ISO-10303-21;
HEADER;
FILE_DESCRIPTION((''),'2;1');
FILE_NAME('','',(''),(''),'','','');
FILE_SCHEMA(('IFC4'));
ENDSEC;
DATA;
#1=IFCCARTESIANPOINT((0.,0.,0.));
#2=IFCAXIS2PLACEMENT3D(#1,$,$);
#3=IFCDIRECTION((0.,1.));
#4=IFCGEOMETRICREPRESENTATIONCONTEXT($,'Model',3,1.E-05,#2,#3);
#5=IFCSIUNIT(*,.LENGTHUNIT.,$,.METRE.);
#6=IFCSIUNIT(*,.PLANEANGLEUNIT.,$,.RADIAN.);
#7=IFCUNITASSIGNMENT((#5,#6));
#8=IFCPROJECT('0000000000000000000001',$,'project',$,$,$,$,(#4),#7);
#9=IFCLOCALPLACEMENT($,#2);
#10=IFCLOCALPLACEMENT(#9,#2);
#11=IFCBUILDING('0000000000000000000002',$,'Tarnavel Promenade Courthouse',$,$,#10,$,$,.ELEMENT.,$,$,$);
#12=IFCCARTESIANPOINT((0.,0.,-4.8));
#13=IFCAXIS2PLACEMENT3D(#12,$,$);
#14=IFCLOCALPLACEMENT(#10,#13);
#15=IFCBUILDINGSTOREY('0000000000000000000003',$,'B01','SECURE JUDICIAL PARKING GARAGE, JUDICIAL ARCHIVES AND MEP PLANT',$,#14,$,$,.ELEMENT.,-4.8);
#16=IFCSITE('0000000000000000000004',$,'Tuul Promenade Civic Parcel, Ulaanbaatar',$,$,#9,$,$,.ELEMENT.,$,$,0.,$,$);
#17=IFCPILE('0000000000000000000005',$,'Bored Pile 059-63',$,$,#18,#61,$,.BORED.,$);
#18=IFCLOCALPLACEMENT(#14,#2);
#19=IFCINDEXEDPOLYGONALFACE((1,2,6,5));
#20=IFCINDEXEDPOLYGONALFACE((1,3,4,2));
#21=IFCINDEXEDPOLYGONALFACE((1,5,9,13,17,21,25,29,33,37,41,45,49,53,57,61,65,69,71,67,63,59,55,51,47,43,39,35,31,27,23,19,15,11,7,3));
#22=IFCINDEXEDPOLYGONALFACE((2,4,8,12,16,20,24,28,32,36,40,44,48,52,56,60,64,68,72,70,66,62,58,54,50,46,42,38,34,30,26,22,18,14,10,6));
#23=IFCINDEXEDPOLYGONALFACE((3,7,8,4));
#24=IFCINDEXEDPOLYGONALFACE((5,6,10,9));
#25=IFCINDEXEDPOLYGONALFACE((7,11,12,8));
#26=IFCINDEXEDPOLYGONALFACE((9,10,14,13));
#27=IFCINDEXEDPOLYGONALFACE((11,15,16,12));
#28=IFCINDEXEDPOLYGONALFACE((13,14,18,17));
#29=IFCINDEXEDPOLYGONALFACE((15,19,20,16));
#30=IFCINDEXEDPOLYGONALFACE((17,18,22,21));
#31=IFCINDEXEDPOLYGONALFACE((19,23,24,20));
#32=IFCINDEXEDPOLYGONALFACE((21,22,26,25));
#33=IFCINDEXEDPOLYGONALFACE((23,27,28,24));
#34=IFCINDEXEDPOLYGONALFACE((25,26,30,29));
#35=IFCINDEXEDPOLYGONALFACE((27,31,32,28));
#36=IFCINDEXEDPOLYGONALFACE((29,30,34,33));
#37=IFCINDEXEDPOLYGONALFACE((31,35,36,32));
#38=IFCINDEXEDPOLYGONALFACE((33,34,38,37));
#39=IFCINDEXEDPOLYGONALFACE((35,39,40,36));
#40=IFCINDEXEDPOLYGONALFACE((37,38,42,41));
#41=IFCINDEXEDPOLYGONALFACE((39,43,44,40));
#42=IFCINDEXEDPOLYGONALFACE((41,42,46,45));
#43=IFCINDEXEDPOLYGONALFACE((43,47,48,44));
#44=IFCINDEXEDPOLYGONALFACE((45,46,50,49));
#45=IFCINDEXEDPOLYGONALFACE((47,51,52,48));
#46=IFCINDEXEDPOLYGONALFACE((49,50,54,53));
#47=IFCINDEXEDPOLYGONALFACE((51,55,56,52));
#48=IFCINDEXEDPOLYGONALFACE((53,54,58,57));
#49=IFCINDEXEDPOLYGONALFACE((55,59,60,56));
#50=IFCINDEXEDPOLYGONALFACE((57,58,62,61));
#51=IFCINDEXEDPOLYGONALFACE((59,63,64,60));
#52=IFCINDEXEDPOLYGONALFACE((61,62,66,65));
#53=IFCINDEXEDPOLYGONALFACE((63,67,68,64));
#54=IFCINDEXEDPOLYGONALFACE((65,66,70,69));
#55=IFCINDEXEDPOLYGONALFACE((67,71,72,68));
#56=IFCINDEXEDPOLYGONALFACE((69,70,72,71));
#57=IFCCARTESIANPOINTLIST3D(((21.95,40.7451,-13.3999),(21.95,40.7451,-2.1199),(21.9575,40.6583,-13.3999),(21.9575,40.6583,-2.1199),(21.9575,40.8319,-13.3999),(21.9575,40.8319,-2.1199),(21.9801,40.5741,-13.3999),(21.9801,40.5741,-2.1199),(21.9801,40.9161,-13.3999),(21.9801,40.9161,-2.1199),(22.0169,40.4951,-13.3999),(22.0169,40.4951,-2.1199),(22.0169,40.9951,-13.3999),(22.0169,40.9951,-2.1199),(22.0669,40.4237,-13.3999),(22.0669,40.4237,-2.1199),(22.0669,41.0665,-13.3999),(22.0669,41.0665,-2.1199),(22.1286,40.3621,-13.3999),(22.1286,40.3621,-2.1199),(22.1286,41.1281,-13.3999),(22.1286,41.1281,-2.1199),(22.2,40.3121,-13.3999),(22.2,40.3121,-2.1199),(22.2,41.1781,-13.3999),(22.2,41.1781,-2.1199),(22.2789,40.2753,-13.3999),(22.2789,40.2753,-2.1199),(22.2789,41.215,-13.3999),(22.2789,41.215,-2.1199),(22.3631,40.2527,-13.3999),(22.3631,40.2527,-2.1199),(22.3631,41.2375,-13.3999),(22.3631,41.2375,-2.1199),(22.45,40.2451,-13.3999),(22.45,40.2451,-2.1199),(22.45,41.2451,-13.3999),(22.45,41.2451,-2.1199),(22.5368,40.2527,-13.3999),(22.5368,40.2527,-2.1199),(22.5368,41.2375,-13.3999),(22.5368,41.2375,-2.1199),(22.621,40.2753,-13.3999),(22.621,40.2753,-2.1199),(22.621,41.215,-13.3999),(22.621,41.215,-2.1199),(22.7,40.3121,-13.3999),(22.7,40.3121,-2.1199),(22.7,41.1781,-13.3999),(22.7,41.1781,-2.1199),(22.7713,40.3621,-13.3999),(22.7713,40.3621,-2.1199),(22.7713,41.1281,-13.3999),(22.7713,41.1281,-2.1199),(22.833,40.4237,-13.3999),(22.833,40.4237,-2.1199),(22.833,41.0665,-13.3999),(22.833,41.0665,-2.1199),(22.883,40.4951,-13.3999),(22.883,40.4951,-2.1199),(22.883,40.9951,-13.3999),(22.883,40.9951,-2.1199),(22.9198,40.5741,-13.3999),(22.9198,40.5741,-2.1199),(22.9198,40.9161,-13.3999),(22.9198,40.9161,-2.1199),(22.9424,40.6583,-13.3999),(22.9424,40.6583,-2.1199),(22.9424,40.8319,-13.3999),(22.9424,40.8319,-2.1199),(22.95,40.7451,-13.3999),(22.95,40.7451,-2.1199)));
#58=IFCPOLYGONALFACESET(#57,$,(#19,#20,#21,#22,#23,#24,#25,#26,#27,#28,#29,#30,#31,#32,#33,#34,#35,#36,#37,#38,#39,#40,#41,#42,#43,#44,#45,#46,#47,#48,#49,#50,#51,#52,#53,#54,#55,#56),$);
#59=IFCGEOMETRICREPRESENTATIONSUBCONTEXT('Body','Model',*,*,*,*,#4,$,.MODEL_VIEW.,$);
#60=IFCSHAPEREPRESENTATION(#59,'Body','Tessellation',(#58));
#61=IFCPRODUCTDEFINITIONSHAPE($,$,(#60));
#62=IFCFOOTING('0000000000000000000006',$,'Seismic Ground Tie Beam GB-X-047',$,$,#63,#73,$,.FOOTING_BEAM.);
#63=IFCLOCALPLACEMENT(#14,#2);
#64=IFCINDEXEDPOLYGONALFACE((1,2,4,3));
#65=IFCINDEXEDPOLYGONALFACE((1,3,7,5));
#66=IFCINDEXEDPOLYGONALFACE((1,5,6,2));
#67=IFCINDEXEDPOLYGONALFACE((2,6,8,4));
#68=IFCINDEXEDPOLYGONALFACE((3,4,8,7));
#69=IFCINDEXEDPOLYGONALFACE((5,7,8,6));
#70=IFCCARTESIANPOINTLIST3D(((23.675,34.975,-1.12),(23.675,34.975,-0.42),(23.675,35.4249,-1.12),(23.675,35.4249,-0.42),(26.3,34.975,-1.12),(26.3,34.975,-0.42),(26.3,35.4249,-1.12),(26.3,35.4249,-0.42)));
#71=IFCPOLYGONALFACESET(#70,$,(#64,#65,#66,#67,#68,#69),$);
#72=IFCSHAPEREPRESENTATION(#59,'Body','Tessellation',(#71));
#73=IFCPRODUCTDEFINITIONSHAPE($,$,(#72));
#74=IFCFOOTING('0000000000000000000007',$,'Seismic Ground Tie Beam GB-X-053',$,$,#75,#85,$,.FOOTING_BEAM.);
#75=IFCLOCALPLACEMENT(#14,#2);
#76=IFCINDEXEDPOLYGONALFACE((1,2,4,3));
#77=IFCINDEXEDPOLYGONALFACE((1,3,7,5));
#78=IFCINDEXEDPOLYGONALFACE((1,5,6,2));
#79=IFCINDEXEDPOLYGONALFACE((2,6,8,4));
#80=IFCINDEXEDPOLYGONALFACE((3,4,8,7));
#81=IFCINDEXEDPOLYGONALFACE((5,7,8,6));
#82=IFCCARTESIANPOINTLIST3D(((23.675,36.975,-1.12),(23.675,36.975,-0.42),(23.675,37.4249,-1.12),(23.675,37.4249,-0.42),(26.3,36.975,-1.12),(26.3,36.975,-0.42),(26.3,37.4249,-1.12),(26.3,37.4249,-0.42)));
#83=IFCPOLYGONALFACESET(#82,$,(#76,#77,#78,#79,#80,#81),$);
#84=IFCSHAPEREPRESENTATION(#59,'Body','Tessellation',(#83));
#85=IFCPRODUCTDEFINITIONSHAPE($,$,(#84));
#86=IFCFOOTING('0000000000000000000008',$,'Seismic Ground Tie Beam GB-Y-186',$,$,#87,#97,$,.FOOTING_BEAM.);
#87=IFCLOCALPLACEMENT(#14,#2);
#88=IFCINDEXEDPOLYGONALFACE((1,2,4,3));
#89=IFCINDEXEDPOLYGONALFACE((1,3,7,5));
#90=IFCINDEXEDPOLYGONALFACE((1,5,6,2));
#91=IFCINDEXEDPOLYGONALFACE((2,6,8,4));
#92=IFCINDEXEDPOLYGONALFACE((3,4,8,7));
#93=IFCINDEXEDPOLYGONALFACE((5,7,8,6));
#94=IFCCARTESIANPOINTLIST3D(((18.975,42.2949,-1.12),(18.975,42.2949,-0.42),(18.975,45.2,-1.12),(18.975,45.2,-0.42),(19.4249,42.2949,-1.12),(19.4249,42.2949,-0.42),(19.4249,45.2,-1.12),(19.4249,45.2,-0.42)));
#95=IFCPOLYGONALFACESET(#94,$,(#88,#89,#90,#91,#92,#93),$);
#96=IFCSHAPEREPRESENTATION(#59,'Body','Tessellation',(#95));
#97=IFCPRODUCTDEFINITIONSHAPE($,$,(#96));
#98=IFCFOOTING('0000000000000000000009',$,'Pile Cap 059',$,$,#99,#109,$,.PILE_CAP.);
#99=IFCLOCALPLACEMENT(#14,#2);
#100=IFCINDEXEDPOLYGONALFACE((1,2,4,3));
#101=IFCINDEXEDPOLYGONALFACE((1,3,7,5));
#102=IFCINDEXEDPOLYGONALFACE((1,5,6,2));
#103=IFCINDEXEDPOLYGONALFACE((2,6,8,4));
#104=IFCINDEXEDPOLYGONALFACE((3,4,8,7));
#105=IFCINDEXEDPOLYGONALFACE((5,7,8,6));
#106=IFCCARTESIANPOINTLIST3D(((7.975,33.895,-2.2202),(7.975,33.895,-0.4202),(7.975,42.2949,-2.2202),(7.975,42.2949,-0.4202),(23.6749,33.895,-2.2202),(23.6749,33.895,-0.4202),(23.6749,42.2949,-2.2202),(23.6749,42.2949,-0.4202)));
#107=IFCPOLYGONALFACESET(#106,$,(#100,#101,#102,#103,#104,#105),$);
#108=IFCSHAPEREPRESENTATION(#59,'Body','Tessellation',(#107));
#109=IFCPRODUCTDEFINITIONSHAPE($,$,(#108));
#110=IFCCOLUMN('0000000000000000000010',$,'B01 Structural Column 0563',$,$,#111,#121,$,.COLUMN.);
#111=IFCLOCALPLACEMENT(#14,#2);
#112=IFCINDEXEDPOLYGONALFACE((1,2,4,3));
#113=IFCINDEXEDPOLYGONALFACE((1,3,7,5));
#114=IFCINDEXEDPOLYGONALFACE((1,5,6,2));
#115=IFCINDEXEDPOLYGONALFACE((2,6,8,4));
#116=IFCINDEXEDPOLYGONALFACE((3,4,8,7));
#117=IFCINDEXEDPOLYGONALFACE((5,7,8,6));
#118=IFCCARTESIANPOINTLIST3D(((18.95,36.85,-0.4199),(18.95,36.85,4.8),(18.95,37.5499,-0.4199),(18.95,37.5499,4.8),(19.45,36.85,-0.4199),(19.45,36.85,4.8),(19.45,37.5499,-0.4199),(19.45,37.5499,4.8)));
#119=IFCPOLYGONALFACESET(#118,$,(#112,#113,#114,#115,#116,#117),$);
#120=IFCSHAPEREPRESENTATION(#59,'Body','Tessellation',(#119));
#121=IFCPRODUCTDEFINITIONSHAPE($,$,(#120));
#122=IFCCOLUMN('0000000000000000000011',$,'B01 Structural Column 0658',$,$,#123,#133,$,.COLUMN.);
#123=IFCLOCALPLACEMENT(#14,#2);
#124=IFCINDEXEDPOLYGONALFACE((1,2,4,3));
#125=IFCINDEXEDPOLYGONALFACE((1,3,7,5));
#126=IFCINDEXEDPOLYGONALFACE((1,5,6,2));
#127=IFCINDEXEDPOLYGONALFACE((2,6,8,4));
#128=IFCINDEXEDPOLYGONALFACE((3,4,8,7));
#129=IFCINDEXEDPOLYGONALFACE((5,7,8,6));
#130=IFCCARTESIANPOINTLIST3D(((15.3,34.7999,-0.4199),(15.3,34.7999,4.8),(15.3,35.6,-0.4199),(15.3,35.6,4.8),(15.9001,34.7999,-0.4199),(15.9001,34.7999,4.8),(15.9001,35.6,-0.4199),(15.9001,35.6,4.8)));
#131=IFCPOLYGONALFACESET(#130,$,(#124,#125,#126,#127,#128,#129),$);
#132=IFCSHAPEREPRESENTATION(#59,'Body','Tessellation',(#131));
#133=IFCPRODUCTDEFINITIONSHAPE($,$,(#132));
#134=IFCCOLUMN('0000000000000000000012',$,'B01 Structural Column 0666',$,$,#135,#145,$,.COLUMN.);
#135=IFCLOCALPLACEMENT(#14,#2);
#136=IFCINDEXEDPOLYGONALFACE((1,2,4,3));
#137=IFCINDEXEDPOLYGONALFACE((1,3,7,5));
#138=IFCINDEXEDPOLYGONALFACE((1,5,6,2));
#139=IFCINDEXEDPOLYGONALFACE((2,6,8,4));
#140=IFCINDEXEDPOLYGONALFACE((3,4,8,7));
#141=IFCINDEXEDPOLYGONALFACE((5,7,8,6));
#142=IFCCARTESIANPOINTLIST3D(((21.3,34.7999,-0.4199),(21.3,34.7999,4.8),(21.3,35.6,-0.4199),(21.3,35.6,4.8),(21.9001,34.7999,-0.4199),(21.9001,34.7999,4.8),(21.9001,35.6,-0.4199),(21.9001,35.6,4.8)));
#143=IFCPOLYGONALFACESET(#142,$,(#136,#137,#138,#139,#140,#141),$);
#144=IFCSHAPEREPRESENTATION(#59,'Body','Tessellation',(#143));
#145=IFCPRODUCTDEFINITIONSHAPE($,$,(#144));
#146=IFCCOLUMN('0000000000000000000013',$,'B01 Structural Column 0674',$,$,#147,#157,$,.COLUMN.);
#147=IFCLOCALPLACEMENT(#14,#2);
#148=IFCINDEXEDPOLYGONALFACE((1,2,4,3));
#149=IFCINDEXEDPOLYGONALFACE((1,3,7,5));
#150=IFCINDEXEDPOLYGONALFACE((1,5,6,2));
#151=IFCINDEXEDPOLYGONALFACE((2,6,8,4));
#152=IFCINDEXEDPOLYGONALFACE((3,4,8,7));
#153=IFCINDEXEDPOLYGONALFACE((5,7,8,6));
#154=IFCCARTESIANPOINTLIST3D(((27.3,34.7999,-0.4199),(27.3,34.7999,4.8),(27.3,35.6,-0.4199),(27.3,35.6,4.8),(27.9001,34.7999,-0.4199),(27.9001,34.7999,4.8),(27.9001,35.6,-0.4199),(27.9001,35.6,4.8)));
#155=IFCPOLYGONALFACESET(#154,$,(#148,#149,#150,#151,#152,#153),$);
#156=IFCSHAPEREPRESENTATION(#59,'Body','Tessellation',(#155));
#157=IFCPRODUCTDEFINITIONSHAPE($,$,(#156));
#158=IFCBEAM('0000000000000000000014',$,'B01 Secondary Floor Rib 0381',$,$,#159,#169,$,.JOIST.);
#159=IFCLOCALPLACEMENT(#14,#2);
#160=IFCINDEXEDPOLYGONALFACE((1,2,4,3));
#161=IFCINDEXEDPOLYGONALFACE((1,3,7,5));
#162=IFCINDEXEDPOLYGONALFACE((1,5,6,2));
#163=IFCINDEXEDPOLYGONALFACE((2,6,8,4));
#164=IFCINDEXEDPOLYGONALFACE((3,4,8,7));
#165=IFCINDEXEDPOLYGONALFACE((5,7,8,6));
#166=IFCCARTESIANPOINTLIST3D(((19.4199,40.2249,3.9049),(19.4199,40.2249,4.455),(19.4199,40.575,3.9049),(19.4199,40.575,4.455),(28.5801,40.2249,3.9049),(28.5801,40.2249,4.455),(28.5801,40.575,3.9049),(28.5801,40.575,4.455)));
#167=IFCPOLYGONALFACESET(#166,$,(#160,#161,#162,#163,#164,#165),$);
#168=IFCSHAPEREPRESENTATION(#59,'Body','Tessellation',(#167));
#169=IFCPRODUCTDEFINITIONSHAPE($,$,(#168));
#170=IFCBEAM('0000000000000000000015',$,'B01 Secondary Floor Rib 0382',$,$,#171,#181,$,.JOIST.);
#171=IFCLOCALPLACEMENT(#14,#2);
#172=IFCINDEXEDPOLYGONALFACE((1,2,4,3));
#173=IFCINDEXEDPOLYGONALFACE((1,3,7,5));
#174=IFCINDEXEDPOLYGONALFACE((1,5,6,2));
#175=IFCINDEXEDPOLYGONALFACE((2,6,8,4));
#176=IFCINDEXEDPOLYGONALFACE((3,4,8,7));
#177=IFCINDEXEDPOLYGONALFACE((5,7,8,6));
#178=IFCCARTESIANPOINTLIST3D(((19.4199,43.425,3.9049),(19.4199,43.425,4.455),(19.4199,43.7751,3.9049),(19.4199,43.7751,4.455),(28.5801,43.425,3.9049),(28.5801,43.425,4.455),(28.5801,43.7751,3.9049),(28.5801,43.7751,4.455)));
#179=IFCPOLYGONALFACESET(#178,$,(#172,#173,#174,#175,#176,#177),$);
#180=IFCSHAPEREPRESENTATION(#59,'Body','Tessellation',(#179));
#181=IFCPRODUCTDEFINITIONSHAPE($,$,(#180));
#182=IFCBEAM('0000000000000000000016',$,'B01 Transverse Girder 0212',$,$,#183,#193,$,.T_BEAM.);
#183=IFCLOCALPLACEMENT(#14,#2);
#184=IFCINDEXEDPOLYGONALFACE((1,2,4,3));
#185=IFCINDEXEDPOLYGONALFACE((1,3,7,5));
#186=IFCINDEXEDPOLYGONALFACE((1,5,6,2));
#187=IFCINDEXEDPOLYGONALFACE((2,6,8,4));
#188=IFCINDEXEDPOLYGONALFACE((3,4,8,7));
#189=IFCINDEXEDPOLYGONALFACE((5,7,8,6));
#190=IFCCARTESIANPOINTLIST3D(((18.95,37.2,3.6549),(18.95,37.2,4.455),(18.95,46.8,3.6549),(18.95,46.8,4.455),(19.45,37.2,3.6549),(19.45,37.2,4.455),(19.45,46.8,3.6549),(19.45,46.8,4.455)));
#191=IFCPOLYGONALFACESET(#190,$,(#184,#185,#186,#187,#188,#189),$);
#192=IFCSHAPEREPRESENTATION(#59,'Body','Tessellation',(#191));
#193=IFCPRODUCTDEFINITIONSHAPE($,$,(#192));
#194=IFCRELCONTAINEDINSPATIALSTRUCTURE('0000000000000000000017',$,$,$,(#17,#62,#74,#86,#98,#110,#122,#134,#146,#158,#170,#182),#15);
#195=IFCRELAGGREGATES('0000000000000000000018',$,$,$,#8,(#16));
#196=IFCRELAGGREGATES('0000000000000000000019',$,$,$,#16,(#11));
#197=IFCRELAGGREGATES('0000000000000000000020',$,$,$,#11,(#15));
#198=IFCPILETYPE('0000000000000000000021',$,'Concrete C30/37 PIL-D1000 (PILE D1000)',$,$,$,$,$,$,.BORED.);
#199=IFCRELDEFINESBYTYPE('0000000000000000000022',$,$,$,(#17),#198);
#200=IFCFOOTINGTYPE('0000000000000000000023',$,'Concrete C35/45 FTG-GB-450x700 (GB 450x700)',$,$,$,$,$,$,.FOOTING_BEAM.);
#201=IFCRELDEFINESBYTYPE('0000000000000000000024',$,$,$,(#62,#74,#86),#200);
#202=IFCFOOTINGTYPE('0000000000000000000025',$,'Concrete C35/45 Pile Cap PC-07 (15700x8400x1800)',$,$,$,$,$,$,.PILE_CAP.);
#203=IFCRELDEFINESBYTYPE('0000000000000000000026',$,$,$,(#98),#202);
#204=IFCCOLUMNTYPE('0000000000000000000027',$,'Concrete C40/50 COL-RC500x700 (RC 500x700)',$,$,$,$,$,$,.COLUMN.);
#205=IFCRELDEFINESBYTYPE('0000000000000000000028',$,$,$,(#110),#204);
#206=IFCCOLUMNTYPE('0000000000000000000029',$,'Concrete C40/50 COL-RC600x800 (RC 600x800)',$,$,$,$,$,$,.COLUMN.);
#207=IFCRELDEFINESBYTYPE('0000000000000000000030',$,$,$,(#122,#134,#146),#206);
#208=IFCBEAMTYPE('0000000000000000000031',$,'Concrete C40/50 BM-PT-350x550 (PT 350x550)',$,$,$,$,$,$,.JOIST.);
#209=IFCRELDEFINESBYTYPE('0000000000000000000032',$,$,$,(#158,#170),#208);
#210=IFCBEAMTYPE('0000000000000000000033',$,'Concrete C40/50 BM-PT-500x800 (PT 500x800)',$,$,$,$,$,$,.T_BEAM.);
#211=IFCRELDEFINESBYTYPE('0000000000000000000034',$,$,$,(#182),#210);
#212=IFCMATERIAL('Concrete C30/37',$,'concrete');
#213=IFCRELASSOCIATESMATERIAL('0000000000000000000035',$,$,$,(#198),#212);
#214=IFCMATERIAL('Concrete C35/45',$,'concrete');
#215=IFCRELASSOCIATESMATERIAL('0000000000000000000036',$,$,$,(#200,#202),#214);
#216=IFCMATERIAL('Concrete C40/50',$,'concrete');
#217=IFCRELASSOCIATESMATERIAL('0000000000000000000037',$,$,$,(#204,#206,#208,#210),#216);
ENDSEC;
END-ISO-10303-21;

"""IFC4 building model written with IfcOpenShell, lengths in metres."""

from ifc_helpers import new_model, si_unit, direction, frame, origin, origin_2d, place, context, subcontext, project, spatial, rectangle, circle, extrude, material, material_profile, profile_set, type_object, element, save


model = new_model("IFC4")

# Units and contexts
model_context = context("Model", 3, precision=1e-05, world=origin(), true_north=direction((0.0, 1.0)))
body_context = subcontext(model_context, "Body", "Model", "MODEL_VIEW")
ifc_project = project(units=[si_unit("LENGTHUNIT", "METRE"), si_unit("PLANEANGLEUNIT", "RADIAN")], contexts=[model_context])

# Site, building, storey
site_placement = place(None, origin())
site = spatial("IfcSite", under=ifc_project, at=site_placement, Name="Tuul Promenade Civic Parcel, Ulaanbaatar", CompositionType="ELEMENT", RefElevation=0.0)
building_placement = place(site_placement, origin())
building = spatial("IfcBuilding", under=site, at=building_placement, Name="Tarnavel Promenade Courthouse", CompositionType="ELEMENT")
storey_placement = place(building_placement, frame((0.0, 0.0, -4.8)))
storey = spatial("IfcBuildingStorey", under=building, at=storey_placement, Name="B01", Description="SECURE JUDICIAL PARKING GARAGE, JUDICIAL ARCHIVES AND MEP PLANT", CompositionType="ELEMENT", Elevation=-4.8)

# Pile
ifc_material_1 = material(Name="Concrete C30/37", Category="concrete")
ifc_material_profile_1 = material_profile(ifc_material_1, circle(Radius=0.5, at=origin_2d()), Name="PILE D1000")
ifc_profile_set_1 = profile_set([ifc_material_profile_1], Name="Concrete C30/37")
pile_type = type_object("IfcPileType", Name="Concrete C30/37 PIL-D1000 (PILE D1000)", PredefinedType="BORED", material=ifc_profile_set_1)
for number, where, z_axis, x_axis, name in (
    (1, (22.45, 40.7451, -2.1199), (0.0, 0.0, -1.0), (1.0, 0.0, 0.0), "Bored Pile 059-63"),
):
    element("IfcPile", number, at=place(storey_placement, frame(where, z_axis=z_axis, x_axis=x_axis)), inside=storey, type_object=pile_type, Name=name, PredefinedType="BORED", context=body_context, shape_type="SweptSolid", body=[
        extrude(circle(Radius=0.5, at=origin_2d()), origin(), (0.0, 0.0, 1.0), 11.28),
    ])

# Footings
ifc_material_2 = material(Name="Concrete C35/45", Category="concrete")
ifc_material_profile_2 = material_profile(ifc_material_2, rectangle(XDim=0.45, YDim=0.7, at=origin_2d()), Name="GB 450x700")
ifc_profile_set_2 = profile_set([ifc_material_profile_2], Name="Concrete C35/45")
footing_type_1 = type_object("IfcFootingType", Name="Concrete C35/45 FTG-GB-450x700 (GB 450x700)", PredefinedType="FOOTING_BEAM", material=ifc_profile_set_2)
for number, where, z_axis, x_axis, name in (
    (2, (23.675, 35.2, -0.77), (1.0, 0.0, 0.0), (0.0, 1.0, 0.0), "Seismic Ground Tie Beam GB-X-047"),
    (3, (23.675, 37.2, -0.77), (1.0, 0.0, 0.0), (0.0, 1.0, 0.0), "Seismic Ground Tie Beam GB-X-053"),
):
    element("IfcFooting", number, at=place(storey_placement, frame(where, z_axis=z_axis, x_axis=x_axis)), inside=storey, type_object=footing_type_1, Name=name, PredefinedType="FOOTING_BEAM", context=body_context, shape_type="SweptSolid", body=[
        extrude(rectangle(XDim=0.45, YDim=0.7, at=origin_2d()), origin(), (0.0, 0.0, 1.0), 2.625),
    ])
footing_1_placement = place(storey_placement, frame((19.2, 42.2949, -0.77), z_axis=(0.0, 1.0, 0.0), x_axis=(-1.0, 0.0, 0.0)))
element("IfcFooting", 4, at=footing_1_placement, inside=storey, type_object=footing_type_1, Name="Seismic Ground Tie Beam GB-Y-186", PredefinedType="FOOTING_BEAM", context=body_context, shape_type="SweptSolid", body=[
    extrude(rectangle(XDim=0.45, YDim=0.7, at=origin_2d()), origin(), (0.0, 0.0, 1.0), 2.905),
])
footing_type_2 = type_object("IfcFootingType", Name="Concrete C35/45 Pile Cap PC-07 (15700x8400x1800)", PredefinedType="PILE_CAP", material=ifc_material_2)
footing_2_placement = place(storey_placement, frame((15.825, 38.095, -2.2202), z_axis=(0.0, 0.0, 1.0), x_axis=(1.0, 0.0, 0.0)))
element("IfcFooting", 5, at=footing_2_placement, inside=storey, type_object=footing_type_2, Name="Pile Cap 059", PredefinedType="PILE_CAP", context=body_context, shape_type="SweptSolid", body=[
    extrude(rectangle(XDim=15.7, YDim=8.3999, at=origin_2d()), origin(), (0.0, 0.0, 1.0), 1.8),
])

# Columns
ifc_material_3 = material(Name="Concrete C40/50", Category="concrete")
ifc_material_profile_3 = material_profile(ifc_material_3, rectangle(XDim=0.5, YDim=0.7, at=origin_2d()), Name="RC 500x700")
ifc_profile_set_3 = profile_set([ifc_material_profile_3], Name="Concrete C40/50")
column_type_1 = type_object("IfcColumnType", Name="Concrete C40/50 COL-RC500x700 (RC 500x700)", PredefinedType="COLUMN", material=ifc_profile_set_3)
column_placement = place(storey_placement, frame((19.2, 37.2, -0.4199), z_axis=(0.0, 0.0, 1.0), x_axis=(1.0, 0.0, 0.0)))
element("IfcColumn", 6, at=column_placement, inside=storey, type_object=column_type_1, Name="B01 Structural Column 0563", PredefinedType="COLUMN", context=body_context, shape_type="SweptSolid", body=[
    extrude(rectangle(XDim=0.5, YDim=0.7, at=origin_2d()), origin(), (0.0, 0.0, 1.0), 5.22),
])
ifc_material_profile_4 = material_profile(ifc_material_3, rectangle(XDim=0.6001, YDim=0.8, at=origin_2d()), Name="RC 600x800")
ifc_profile_set_4 = profile_set([ifc_material_profile_4], Name="Concrete C40/50")
column_type_2 = type_object("IfcColumnType", Name="Concrete C40/50 COL-RC600x800 (RC 600x800)", PredefinedType="COLUMN", material=ifc_profile_set_4)
for number, where, z_axis, x_axis, name in (
    (7, (15.6001, 35.2, -0.4199), (0.0, 0.0, 1.0), (1.0, 0.0, 0.0), "B01 Structural Column 0658"),
    (8, (21.6001, 35.2, -0.4199), (0.0, 0.0, 1.0), (1.0, 0.0, 0.0), "B01 Structural Column 0666"),
    (9, (27.6001, 35.2, -0.4199), (0.0, 0.0, 1.0), (1.0, 0.0, 0.0), "B01 Structural Column 0674"),
):
    element("IfcColumn", number, at=place(storey_placement, frame(where, z_axis=z_axis, x_axis=x_axis)), inside=storey, type_object=column_type_2, Name=name, PredefinedType="COLUMN", context=body_context, shape_type="SweptSolid", body=[
        extrude(rectangle(XDim=0.6001, YDim=0.8, at=origin_2d()), origin(), (0.0, 0.0, 1.0), 5.22),
    ])

# Beams
ifc_material_profile_5 = material_profile(ifc_material_3, rectangle(XDim=0.3501, YDim=0.55, at=origin_2d()), Name="PT 350x550")
ifc_profile_set_5 = profile_set([ifc_material_profile_5], Name="Concrete C40/50")
beam_type_1 = type_object("IfcBeamType", Name="Concrete C40/50 BM-PT-350x550 (PT 350x550)", PredefinedType="JOIST", material=ifc_profile_set_5)
for number, where, z_axis, x_axis, name in (
    (10, (19.4199, 40.3999, 4.1799), (1.0, 0.0, 0.0), (0.0, 1.0, 0.0), "B01 Secondary Floor Rib 0381"),
    (11, (19.4199, 43.6001, 4.1799), (1.0, 0.0, 0.0), (0.0, 1.0, 0.0), "B01 Secondary Floor Rib 0382"),
):
    element("IfcBeam", number, at=place(storey_placement, frame(where, z_axis=z_axis, x_axis=x_axis)), inside=storey, type_object=beam_type_1, Name=name, PredefinedType="JOIST", context=body_context, shape_type="SweptSolid", body=[
        extrude(rectangle(XDim=0.3501, YDim=0.55, at=origin_2d()), origin(), (0.0, 0.0, 1.0), 9.1602),
    ])
ifc_material_profile_6 = material_profile(ifc_material_3, rectangle(XDim=0.5, YDim=0.8, at=origin_2d()), Name="PT 500x800")
ifc_profile_set_6 = profile_set([ifc_material_profile_6], Name="Concrete C40/50")
beam_type_2 = type_object("IfcBeamType", Name="Concrete C40/50 BM-PT-500x800 (PT 500x800)", PredefinedType="T_BEAM", material=ifc_profile_set_6)
beam_1_placement = place(storey_placement, frame((19.2, 37.2, 4.0549), z_axis=(0.0, 1.0, 0.0), x_axis=(-1.0, 0.0, 0.0)))
element("IfcBeam", 12, at=beam_1_placement, inside=storey, type_object=beam_type_2, Name="B01 Transverse Girder 0212", PredefinedType="T_BEAM", context=body_context, shape_type="SweptSolid", body=[
    extrude(rectangle(XDim=0.5, YDim=0.8, at=origin_2d()), origin(), (0.0, 0.0, 1.0), 9.6001),
])

save(model, "model.ifc")
